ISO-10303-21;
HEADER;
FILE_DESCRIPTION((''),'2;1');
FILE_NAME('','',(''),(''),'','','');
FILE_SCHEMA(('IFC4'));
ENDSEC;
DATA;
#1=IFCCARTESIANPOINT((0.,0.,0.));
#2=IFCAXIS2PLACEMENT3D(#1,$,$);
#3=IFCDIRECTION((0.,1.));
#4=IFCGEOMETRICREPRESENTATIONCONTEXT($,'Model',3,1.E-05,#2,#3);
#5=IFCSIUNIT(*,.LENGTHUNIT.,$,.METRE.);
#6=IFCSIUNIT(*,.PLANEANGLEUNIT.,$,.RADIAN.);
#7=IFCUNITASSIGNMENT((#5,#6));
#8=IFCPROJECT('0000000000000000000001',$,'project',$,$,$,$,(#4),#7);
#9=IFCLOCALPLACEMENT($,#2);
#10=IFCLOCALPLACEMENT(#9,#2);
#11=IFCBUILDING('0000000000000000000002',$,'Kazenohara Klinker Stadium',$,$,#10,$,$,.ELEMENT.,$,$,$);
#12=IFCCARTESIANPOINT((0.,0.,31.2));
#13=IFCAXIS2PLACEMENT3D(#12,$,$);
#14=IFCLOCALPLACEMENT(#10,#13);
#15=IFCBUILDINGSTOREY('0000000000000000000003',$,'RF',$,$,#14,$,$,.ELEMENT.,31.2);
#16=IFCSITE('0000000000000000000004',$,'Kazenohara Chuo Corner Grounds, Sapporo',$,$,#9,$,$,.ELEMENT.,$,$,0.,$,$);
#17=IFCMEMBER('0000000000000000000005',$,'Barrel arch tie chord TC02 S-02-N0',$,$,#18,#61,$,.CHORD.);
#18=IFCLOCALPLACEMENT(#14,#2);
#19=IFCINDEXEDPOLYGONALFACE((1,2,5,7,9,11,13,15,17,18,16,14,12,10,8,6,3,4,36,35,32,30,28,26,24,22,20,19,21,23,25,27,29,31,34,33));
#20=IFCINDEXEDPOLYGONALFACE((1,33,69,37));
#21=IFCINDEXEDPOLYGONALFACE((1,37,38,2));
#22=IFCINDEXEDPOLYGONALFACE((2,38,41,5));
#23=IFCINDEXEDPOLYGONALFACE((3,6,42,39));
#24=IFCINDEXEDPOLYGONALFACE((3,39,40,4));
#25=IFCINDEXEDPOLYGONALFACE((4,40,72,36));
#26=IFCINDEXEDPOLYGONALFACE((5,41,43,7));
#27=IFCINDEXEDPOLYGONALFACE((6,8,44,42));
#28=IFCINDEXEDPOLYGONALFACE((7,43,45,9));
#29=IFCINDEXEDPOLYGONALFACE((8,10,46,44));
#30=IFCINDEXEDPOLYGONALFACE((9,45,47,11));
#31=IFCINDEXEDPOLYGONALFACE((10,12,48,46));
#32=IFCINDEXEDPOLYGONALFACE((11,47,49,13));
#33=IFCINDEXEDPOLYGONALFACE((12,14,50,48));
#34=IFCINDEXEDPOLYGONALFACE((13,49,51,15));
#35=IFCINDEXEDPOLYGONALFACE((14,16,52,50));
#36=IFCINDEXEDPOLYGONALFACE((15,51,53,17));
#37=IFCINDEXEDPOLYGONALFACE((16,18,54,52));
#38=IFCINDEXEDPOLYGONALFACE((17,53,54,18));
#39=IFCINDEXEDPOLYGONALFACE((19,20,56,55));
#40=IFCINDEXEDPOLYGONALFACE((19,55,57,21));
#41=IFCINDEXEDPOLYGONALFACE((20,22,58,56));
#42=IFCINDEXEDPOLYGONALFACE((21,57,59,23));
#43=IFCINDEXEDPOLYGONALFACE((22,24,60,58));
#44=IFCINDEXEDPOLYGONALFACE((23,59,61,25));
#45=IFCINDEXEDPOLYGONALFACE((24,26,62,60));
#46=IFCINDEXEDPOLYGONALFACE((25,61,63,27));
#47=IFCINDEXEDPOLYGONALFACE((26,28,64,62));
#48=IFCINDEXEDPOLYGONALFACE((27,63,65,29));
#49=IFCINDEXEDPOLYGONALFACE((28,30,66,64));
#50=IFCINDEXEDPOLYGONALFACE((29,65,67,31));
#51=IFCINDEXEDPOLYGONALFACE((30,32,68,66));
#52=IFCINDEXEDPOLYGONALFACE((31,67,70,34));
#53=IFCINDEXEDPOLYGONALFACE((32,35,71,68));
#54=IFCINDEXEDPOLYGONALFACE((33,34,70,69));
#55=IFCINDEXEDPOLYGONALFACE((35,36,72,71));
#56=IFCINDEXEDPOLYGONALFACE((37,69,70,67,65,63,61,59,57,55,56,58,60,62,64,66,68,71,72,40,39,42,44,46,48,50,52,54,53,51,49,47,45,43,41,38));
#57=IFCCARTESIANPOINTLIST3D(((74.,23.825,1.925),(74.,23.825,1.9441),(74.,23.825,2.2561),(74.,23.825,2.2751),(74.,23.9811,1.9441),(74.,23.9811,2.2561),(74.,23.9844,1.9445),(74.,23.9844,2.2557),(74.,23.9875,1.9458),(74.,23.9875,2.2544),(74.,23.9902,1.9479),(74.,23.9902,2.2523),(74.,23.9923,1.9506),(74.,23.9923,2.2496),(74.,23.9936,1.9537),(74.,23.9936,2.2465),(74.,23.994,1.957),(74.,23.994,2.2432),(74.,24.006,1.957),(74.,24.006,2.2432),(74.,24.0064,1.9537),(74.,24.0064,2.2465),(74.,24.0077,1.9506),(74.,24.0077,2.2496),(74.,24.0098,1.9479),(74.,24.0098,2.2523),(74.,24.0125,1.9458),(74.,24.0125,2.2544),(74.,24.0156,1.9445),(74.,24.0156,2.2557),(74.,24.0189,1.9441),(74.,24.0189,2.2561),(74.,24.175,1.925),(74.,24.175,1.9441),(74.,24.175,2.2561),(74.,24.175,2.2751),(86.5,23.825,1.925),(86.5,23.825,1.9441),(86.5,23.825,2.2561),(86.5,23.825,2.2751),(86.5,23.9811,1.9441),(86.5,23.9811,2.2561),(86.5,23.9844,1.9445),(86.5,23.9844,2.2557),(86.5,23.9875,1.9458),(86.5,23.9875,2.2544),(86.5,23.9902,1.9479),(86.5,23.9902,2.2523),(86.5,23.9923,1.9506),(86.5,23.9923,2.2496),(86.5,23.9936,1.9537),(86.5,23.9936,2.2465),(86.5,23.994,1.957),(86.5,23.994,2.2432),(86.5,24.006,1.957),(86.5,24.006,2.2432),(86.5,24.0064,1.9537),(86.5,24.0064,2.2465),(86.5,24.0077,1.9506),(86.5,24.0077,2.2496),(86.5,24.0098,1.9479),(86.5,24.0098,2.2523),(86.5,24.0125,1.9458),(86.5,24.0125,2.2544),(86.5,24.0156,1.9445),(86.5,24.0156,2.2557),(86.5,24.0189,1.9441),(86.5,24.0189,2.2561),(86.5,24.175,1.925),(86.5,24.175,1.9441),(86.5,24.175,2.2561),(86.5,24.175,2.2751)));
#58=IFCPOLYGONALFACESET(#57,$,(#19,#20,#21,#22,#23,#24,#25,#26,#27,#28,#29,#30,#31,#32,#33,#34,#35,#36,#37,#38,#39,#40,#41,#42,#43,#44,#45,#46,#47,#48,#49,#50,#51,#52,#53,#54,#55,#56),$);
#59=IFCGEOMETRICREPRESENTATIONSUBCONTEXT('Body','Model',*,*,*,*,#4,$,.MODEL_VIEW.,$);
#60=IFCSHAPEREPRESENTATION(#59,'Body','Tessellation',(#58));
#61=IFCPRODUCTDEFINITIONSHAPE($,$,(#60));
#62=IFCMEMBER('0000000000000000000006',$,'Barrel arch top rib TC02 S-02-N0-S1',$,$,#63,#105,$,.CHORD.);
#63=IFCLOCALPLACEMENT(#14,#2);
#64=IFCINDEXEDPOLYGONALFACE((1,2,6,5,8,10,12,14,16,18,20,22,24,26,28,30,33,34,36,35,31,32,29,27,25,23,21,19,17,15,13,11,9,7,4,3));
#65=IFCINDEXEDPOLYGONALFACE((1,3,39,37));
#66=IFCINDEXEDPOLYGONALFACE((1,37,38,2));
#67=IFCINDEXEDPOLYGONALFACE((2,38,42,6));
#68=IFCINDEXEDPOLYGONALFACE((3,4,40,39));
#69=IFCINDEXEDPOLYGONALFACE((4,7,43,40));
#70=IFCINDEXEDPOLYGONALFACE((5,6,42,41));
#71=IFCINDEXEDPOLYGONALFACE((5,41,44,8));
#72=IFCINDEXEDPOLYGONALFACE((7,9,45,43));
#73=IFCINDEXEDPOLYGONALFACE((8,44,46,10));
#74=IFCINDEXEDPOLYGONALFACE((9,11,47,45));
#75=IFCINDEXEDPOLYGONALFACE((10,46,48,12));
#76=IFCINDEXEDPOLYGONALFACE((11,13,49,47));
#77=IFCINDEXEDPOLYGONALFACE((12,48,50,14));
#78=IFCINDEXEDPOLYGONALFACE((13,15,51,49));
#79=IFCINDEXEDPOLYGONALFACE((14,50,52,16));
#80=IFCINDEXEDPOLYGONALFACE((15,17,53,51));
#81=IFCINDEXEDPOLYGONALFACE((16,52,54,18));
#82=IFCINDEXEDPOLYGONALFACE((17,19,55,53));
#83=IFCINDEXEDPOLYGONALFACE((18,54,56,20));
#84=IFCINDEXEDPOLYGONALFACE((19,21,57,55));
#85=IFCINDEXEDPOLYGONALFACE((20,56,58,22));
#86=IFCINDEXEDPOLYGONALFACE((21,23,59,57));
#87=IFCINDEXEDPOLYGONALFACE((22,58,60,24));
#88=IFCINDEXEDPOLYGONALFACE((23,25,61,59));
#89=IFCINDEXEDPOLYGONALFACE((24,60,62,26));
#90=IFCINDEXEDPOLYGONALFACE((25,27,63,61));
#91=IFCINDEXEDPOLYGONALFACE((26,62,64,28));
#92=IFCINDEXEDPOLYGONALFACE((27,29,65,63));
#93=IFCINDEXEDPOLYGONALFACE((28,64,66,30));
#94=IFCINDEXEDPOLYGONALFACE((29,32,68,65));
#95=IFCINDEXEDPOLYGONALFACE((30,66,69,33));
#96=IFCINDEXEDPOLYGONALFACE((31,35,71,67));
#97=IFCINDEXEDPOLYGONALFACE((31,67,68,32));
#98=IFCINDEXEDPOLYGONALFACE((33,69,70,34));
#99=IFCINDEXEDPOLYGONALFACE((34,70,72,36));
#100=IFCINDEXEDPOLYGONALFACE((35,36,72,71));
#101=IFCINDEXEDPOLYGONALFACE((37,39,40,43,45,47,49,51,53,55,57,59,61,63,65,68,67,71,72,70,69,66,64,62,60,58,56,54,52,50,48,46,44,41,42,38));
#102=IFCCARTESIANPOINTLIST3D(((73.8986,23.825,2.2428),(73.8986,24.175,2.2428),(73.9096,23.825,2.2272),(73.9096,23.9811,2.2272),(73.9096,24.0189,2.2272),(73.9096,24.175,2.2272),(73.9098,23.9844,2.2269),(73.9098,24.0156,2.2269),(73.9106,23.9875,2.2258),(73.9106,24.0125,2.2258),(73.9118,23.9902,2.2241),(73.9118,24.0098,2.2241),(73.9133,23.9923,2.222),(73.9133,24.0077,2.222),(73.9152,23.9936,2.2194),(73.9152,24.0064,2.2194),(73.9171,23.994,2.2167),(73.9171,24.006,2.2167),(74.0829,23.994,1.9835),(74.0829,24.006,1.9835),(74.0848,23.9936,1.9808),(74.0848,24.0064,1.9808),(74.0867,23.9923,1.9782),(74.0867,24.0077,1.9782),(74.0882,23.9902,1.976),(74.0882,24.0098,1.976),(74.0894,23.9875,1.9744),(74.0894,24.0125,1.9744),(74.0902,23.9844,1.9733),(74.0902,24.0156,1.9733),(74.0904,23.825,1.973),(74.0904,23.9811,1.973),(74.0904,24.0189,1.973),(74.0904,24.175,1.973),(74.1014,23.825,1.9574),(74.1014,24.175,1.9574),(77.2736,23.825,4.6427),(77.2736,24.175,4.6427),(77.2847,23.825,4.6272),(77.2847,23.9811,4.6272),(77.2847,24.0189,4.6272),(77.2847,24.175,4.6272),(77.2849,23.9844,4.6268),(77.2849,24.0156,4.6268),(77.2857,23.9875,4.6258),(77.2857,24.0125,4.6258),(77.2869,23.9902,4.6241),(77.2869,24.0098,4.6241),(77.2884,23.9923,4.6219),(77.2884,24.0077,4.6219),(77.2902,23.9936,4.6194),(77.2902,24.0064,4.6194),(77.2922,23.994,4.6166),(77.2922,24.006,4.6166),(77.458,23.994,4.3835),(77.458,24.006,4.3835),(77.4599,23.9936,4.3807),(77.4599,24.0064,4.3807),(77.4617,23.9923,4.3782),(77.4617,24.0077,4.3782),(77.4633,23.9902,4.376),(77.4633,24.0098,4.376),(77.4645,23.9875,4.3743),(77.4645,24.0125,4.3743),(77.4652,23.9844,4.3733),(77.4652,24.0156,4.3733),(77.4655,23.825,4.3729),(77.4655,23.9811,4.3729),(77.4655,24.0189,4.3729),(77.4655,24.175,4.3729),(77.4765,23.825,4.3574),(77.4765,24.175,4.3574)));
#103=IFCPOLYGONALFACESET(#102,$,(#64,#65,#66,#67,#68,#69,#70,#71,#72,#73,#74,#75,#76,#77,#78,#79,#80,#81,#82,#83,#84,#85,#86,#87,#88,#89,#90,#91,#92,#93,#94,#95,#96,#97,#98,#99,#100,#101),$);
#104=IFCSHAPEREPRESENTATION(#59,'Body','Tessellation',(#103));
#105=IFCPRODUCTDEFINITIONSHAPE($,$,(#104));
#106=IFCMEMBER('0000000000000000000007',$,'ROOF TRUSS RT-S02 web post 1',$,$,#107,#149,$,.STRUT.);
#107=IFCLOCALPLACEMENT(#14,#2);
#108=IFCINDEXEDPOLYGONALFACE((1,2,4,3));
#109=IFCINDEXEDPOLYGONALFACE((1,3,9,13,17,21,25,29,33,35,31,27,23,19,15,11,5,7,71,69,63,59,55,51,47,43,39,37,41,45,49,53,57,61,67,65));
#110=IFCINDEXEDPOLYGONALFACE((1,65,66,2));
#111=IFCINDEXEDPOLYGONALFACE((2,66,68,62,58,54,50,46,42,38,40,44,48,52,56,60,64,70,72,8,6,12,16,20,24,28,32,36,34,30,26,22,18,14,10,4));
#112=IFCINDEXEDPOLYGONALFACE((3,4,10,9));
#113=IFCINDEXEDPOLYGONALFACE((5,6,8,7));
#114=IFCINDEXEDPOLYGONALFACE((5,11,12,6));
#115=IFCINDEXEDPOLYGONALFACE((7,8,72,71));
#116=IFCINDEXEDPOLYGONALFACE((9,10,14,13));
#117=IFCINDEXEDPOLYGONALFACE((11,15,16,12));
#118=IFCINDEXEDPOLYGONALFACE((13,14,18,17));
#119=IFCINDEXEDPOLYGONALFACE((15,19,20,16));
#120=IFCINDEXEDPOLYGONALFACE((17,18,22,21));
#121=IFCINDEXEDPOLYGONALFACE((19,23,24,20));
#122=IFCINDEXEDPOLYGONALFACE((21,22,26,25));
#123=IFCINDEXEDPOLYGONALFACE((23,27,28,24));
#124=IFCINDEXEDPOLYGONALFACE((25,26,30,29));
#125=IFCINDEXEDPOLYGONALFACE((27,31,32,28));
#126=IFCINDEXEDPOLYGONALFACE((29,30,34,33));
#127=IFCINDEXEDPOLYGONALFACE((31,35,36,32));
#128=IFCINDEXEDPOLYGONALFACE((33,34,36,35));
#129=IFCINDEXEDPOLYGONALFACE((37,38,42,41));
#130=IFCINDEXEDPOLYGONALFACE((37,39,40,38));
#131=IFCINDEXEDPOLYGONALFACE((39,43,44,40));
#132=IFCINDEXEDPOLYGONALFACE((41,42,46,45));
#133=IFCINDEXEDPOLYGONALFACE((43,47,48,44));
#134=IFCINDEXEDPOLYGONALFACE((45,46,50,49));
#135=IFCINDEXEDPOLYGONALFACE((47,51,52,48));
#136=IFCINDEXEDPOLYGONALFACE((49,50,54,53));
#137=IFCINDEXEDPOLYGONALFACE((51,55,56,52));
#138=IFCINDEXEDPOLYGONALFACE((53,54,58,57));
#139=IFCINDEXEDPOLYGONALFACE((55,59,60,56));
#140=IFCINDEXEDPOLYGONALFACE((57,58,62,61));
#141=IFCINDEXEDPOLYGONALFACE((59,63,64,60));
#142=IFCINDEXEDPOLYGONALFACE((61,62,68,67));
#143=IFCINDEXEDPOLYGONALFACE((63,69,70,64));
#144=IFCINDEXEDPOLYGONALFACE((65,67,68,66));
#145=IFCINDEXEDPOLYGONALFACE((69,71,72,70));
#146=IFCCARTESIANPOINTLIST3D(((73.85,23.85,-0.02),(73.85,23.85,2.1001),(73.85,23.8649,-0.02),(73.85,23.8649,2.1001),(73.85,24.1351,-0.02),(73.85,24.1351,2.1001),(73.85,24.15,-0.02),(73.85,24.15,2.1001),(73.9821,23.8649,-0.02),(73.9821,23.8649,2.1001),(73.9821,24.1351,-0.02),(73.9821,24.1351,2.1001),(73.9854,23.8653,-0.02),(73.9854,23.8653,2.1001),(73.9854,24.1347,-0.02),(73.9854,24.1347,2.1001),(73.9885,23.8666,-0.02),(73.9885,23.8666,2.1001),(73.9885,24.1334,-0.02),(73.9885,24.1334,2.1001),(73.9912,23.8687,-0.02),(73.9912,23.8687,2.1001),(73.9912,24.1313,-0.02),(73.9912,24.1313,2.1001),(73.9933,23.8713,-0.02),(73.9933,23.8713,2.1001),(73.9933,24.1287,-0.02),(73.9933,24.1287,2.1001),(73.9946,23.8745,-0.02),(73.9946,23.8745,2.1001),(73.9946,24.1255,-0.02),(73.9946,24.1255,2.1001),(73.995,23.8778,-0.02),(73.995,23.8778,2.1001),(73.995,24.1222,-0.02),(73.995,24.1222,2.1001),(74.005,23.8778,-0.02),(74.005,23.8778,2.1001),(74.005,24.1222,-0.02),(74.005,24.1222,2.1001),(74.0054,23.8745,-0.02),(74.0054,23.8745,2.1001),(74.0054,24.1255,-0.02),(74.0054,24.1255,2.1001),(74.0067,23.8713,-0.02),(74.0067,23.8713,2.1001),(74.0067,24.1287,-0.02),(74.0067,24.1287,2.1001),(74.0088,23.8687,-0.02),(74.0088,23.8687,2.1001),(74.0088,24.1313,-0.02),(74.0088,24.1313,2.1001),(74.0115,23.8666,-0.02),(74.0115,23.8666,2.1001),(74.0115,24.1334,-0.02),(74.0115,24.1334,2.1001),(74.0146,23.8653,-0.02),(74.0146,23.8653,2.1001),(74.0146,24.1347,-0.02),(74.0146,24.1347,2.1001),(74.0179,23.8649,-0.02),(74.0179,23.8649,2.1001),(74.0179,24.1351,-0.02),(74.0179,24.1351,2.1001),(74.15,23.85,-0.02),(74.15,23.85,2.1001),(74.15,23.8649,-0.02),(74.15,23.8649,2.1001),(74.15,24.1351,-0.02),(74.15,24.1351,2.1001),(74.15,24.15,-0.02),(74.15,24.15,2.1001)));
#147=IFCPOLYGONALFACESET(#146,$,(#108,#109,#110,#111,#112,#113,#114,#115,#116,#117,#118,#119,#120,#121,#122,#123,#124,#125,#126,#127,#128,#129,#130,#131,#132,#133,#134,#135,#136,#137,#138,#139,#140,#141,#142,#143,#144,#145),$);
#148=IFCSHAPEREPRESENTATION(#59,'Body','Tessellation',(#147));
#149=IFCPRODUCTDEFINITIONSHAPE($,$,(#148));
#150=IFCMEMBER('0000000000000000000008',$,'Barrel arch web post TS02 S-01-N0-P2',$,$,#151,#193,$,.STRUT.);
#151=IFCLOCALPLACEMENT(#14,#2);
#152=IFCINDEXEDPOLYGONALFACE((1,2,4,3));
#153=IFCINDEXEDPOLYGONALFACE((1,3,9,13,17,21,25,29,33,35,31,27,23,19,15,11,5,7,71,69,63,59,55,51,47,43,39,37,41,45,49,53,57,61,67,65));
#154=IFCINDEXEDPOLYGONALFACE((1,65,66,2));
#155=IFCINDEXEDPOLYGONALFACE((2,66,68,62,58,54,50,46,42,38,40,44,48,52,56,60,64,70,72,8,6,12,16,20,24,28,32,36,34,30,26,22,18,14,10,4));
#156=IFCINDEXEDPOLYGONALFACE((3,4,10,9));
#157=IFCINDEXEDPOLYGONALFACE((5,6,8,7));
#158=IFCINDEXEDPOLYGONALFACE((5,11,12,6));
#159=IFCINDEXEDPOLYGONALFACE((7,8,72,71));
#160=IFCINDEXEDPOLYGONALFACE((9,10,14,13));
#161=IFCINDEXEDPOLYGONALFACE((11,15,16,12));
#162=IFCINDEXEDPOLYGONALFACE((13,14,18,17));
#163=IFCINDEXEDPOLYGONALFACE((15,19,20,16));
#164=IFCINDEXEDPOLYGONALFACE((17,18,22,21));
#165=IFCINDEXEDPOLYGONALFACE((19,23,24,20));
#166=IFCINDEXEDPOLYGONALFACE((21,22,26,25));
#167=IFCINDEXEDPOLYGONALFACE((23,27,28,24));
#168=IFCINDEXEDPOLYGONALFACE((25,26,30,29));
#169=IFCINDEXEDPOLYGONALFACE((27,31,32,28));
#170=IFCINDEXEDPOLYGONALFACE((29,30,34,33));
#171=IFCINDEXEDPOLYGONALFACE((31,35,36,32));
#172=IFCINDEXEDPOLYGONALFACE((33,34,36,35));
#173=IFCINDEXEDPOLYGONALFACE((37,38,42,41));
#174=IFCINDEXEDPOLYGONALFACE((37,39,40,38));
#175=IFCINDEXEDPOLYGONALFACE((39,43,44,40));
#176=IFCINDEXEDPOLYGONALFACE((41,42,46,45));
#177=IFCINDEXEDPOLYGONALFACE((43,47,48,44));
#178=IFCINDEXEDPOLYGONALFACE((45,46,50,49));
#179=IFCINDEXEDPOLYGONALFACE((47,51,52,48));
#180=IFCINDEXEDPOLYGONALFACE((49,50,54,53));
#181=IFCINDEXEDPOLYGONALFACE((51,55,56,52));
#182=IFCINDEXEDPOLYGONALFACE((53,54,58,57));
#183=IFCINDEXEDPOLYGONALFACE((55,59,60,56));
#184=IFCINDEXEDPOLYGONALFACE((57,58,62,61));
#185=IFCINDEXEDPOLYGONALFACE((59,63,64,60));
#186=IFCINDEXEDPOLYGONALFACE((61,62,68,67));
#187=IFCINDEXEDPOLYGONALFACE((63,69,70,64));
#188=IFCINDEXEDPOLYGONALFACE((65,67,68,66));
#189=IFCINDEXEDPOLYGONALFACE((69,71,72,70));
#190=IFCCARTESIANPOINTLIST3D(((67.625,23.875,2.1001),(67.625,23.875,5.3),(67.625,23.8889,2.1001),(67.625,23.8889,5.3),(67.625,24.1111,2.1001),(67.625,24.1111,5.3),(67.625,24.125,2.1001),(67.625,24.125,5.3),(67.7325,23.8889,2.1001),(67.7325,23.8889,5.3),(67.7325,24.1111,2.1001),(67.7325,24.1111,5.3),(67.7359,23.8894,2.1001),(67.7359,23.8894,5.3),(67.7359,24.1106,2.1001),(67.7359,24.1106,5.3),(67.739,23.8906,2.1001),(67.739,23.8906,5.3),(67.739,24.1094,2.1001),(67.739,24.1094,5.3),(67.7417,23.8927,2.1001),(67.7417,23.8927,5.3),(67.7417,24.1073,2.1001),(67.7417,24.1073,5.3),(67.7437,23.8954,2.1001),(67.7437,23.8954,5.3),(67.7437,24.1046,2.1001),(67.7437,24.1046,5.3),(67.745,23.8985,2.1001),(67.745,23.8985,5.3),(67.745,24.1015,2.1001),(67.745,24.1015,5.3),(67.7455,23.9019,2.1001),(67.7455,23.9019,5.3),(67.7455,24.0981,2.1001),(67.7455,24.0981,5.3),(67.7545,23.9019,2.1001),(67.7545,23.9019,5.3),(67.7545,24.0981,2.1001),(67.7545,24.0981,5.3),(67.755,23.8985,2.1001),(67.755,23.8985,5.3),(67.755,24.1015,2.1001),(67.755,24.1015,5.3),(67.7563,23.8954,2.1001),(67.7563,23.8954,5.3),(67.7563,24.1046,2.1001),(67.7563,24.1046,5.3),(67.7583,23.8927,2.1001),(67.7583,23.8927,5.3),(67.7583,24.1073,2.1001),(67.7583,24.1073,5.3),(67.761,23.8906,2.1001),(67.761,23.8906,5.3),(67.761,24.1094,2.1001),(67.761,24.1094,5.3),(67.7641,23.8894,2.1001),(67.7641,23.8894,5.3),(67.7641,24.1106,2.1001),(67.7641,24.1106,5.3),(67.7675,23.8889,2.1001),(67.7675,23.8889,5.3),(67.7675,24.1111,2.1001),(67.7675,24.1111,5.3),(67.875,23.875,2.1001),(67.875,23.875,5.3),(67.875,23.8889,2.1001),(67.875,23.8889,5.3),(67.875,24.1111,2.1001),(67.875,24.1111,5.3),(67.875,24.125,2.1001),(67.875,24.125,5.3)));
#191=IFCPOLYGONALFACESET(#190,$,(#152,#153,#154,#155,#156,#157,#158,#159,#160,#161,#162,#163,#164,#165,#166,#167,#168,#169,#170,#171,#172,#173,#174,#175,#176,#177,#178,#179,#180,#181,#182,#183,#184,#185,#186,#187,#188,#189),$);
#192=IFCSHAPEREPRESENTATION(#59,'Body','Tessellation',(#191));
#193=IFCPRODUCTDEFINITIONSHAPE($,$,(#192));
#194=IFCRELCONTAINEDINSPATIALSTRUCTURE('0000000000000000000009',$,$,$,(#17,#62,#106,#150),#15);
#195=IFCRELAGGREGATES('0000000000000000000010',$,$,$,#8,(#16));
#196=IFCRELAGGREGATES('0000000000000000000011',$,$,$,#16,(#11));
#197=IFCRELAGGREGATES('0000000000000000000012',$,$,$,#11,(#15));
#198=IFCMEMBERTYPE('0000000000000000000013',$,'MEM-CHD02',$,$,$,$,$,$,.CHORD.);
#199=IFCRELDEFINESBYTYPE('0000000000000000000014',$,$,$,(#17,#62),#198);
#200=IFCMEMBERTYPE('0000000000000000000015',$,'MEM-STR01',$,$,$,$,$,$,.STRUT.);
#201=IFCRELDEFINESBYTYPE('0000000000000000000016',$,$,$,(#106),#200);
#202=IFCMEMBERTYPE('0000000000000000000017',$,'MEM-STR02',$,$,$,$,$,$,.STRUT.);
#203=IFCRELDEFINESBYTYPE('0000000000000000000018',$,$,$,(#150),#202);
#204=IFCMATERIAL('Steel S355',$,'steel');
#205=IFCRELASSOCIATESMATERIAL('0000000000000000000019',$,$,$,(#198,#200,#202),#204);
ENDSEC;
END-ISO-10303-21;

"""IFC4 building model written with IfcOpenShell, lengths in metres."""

from ifc_helpers import new_model, si_unit, direction, frame, origin, origin_2d, place, context, subcontext, project, spatial, i_section, extrude, material, material_profile, profile_set, type_object, element, save


model = new_model("IFC4")

# Units and contexts
model_context = context("Model", 3, precision=1e-05, world=origin(), true_north=direction((0.0, 1.0)))
body_context = subcontext(model_context, "Body", "Model", "MODEL_VIEW")
ifc_project = project(units=[si_unit("LENGTHUNIT", "METRE"), si_unit("PLANEANGLEUNIT", "RADIAN")], contexts=[model_context])

# Site, building, storey
site_placement = place(None, origin())
site = spatial("IfcSite", under=ifc_project, at=site_placement, Name="Kazenohara Chuo Corner Grounds, Sapporo", CompositionType="ELEMENT", RefElevation=0.0)
building_placement = place(site_placement, origin())
building = spatial("IfcBuilding", under=site, at=building_placement, Name="Kazenohara Klinker Stadium", CompositionType="ELEMENT")
storey_placement = place(building_placement, frame((0.0, 0.0, 31.2)))
storey = spatial("IfcBuildingStorey", under=building, at=storey_placement, Name="RF", CompositionType="ELEMENT", Elevation=31.2)

# Members
ifc_material_1 = material(Name="Steel S355", Category="steel")
ifc_material_profile_1 = material_profile(ifc_material_1, i_section(OverallWidth=0.3501, OverallDepth=0.3501, WebThickness=0.012, FlangeThickness=0.019, FilletRadius=0.0129, at=origin_2d()), Name="H-350x350x12x19")
ifc_profile_set_1 = profile_set([ifc_material_profile_1], Name="Steel S355")
member_type_1 = type_object("IfcMemberType", Name="MEM-CHD02", PredefinedType="CHORD", material=ifc_profile_set_1)
member_1_placement = place(storey_placement, frame((74.0, 24.0, 2.1001), z_axis=(1.0, 0.0, 0.0), x_axis=(0.0, 1.0, 0.0)))
element("IfcMember", 1, at=member_1_placement, inside=storey, type_object=member_type_1, Name="Barrel arch tie chord TC02 S-02-N0", PredefinedType="CHORD", context=body_context, shape_type="SweptSolid", body=[
    extrude(i_section(OverallWidth=0.3501, OverallDepth=0.3501, WebThickness=0.012, FlangeThickness=0.019, FilletRadius=0.0129, at=origin_2d()), origin(), (0.0, 0.0, 1.0), 12.5),
])
member_2_placement = place(storey_placement, frame((74.0, 24.0, 2.1001), z_axis=(0.814966, 0.0, 0.579508), x_axis=(0.0, 1.0, 0.0)))
element("IfcMember", 2, at=member_2_placement, inside=storey, type_object=member_type_1, Name="Barrel arch top rib TC02 S-02-N0-S1", PredefinedType="CHORD", context=body_context, shape_type="SweptSolid", body=[
    extrude(i_section(OverallWidth=0.3501, OverallDepth=0.3501, WebThickness=0.012, FlangeThickness=0.019, FilletRadius=0.0129, at=origin_2d()), origin(), (0.0, 0.0, 1.0), 4.1414),
])
ifc_material_profile_2 = material_profile(ifc_material_1, i_section(OverallWidth=0.3, OverallDepth=0.3, WebThickness=0.01, FlangeThickness=0.0149, FilletRadius=0.0129, at=origin_2d()), Name="H-300x300x10x15")
ifc_profile_set_2 = profile_set([ifc_material_profile_2], Name="Steel S355")
member_type_2 = type_object("IfcMemberType", Name="MEM-STR01", PredefinedType="STRUT", material=ifc_profile_set_2)
member_3_placement = place(storey_placement, frame((74.0, 24.0, -0.02), z_axis=(0.0, 0.0, 1.0), x_axis=(1.0, 0.0, 0.0)))
element("IfcMember", 3, at=member_3_placement, inside=storey, type_object=member_type_2, Name="ROOF TRUSS RT-S02 web post 1", PredefinedType="STRUT", context=body_context, shape_type="SweptSolid", body=[
    extrude(i_section(OverallWidth=0.3, OverallDepth=0.3, WebThickness=0.01, FlangeThickness=0.0149, FilletRadius=0.0129, at=origin_2d()), origin(), (0.0, 0.0, 1.0), 2.1201),
])
ifc_material_profile_3 = material_profile(ifc_material_1, i_section(OverallWidth=0.25, OverallDepth=0.25, WebThickness=0.009, FlangeThickness=0.0139, FilletRadius=0.0129, at=origin_2d()), Name="H-250x250x9x14")
ifc_profile_set_3 = profile_set([ifc_material_profile_3], Name="Steel S355")
member_type_3 = type_object("IfcMemberType", Name="MEM-STR02", PredefinedType="STRUT", material=ifc_profile_set_3)
member_4_placement = place(storey_placement, frame((67.75, 24.0, 2.1001), z_axis=(0.0, 0.0, 1.0), x_axis=(1.0, 0.0, 0.0)))
element("IfcMember", 4, at=member_4_placement, inside=storey, type_object=member_type_3, Name="Barrel arch web post TS02 S-01-N0-P2", PredefinedType="STRUT", context=body_context, shape_type="SweptSolid", body=[
    extrude(i_section(OverallWidth=0.25, OverallDepth=0.25, WebThickness=0.009, FlangeThickness=0.0139, FilletRadius=0.0129, at=origin_2d()), origin(), (0.0, 0.0, 1.0), 3.2),
])

save(model, "model.ifc")
